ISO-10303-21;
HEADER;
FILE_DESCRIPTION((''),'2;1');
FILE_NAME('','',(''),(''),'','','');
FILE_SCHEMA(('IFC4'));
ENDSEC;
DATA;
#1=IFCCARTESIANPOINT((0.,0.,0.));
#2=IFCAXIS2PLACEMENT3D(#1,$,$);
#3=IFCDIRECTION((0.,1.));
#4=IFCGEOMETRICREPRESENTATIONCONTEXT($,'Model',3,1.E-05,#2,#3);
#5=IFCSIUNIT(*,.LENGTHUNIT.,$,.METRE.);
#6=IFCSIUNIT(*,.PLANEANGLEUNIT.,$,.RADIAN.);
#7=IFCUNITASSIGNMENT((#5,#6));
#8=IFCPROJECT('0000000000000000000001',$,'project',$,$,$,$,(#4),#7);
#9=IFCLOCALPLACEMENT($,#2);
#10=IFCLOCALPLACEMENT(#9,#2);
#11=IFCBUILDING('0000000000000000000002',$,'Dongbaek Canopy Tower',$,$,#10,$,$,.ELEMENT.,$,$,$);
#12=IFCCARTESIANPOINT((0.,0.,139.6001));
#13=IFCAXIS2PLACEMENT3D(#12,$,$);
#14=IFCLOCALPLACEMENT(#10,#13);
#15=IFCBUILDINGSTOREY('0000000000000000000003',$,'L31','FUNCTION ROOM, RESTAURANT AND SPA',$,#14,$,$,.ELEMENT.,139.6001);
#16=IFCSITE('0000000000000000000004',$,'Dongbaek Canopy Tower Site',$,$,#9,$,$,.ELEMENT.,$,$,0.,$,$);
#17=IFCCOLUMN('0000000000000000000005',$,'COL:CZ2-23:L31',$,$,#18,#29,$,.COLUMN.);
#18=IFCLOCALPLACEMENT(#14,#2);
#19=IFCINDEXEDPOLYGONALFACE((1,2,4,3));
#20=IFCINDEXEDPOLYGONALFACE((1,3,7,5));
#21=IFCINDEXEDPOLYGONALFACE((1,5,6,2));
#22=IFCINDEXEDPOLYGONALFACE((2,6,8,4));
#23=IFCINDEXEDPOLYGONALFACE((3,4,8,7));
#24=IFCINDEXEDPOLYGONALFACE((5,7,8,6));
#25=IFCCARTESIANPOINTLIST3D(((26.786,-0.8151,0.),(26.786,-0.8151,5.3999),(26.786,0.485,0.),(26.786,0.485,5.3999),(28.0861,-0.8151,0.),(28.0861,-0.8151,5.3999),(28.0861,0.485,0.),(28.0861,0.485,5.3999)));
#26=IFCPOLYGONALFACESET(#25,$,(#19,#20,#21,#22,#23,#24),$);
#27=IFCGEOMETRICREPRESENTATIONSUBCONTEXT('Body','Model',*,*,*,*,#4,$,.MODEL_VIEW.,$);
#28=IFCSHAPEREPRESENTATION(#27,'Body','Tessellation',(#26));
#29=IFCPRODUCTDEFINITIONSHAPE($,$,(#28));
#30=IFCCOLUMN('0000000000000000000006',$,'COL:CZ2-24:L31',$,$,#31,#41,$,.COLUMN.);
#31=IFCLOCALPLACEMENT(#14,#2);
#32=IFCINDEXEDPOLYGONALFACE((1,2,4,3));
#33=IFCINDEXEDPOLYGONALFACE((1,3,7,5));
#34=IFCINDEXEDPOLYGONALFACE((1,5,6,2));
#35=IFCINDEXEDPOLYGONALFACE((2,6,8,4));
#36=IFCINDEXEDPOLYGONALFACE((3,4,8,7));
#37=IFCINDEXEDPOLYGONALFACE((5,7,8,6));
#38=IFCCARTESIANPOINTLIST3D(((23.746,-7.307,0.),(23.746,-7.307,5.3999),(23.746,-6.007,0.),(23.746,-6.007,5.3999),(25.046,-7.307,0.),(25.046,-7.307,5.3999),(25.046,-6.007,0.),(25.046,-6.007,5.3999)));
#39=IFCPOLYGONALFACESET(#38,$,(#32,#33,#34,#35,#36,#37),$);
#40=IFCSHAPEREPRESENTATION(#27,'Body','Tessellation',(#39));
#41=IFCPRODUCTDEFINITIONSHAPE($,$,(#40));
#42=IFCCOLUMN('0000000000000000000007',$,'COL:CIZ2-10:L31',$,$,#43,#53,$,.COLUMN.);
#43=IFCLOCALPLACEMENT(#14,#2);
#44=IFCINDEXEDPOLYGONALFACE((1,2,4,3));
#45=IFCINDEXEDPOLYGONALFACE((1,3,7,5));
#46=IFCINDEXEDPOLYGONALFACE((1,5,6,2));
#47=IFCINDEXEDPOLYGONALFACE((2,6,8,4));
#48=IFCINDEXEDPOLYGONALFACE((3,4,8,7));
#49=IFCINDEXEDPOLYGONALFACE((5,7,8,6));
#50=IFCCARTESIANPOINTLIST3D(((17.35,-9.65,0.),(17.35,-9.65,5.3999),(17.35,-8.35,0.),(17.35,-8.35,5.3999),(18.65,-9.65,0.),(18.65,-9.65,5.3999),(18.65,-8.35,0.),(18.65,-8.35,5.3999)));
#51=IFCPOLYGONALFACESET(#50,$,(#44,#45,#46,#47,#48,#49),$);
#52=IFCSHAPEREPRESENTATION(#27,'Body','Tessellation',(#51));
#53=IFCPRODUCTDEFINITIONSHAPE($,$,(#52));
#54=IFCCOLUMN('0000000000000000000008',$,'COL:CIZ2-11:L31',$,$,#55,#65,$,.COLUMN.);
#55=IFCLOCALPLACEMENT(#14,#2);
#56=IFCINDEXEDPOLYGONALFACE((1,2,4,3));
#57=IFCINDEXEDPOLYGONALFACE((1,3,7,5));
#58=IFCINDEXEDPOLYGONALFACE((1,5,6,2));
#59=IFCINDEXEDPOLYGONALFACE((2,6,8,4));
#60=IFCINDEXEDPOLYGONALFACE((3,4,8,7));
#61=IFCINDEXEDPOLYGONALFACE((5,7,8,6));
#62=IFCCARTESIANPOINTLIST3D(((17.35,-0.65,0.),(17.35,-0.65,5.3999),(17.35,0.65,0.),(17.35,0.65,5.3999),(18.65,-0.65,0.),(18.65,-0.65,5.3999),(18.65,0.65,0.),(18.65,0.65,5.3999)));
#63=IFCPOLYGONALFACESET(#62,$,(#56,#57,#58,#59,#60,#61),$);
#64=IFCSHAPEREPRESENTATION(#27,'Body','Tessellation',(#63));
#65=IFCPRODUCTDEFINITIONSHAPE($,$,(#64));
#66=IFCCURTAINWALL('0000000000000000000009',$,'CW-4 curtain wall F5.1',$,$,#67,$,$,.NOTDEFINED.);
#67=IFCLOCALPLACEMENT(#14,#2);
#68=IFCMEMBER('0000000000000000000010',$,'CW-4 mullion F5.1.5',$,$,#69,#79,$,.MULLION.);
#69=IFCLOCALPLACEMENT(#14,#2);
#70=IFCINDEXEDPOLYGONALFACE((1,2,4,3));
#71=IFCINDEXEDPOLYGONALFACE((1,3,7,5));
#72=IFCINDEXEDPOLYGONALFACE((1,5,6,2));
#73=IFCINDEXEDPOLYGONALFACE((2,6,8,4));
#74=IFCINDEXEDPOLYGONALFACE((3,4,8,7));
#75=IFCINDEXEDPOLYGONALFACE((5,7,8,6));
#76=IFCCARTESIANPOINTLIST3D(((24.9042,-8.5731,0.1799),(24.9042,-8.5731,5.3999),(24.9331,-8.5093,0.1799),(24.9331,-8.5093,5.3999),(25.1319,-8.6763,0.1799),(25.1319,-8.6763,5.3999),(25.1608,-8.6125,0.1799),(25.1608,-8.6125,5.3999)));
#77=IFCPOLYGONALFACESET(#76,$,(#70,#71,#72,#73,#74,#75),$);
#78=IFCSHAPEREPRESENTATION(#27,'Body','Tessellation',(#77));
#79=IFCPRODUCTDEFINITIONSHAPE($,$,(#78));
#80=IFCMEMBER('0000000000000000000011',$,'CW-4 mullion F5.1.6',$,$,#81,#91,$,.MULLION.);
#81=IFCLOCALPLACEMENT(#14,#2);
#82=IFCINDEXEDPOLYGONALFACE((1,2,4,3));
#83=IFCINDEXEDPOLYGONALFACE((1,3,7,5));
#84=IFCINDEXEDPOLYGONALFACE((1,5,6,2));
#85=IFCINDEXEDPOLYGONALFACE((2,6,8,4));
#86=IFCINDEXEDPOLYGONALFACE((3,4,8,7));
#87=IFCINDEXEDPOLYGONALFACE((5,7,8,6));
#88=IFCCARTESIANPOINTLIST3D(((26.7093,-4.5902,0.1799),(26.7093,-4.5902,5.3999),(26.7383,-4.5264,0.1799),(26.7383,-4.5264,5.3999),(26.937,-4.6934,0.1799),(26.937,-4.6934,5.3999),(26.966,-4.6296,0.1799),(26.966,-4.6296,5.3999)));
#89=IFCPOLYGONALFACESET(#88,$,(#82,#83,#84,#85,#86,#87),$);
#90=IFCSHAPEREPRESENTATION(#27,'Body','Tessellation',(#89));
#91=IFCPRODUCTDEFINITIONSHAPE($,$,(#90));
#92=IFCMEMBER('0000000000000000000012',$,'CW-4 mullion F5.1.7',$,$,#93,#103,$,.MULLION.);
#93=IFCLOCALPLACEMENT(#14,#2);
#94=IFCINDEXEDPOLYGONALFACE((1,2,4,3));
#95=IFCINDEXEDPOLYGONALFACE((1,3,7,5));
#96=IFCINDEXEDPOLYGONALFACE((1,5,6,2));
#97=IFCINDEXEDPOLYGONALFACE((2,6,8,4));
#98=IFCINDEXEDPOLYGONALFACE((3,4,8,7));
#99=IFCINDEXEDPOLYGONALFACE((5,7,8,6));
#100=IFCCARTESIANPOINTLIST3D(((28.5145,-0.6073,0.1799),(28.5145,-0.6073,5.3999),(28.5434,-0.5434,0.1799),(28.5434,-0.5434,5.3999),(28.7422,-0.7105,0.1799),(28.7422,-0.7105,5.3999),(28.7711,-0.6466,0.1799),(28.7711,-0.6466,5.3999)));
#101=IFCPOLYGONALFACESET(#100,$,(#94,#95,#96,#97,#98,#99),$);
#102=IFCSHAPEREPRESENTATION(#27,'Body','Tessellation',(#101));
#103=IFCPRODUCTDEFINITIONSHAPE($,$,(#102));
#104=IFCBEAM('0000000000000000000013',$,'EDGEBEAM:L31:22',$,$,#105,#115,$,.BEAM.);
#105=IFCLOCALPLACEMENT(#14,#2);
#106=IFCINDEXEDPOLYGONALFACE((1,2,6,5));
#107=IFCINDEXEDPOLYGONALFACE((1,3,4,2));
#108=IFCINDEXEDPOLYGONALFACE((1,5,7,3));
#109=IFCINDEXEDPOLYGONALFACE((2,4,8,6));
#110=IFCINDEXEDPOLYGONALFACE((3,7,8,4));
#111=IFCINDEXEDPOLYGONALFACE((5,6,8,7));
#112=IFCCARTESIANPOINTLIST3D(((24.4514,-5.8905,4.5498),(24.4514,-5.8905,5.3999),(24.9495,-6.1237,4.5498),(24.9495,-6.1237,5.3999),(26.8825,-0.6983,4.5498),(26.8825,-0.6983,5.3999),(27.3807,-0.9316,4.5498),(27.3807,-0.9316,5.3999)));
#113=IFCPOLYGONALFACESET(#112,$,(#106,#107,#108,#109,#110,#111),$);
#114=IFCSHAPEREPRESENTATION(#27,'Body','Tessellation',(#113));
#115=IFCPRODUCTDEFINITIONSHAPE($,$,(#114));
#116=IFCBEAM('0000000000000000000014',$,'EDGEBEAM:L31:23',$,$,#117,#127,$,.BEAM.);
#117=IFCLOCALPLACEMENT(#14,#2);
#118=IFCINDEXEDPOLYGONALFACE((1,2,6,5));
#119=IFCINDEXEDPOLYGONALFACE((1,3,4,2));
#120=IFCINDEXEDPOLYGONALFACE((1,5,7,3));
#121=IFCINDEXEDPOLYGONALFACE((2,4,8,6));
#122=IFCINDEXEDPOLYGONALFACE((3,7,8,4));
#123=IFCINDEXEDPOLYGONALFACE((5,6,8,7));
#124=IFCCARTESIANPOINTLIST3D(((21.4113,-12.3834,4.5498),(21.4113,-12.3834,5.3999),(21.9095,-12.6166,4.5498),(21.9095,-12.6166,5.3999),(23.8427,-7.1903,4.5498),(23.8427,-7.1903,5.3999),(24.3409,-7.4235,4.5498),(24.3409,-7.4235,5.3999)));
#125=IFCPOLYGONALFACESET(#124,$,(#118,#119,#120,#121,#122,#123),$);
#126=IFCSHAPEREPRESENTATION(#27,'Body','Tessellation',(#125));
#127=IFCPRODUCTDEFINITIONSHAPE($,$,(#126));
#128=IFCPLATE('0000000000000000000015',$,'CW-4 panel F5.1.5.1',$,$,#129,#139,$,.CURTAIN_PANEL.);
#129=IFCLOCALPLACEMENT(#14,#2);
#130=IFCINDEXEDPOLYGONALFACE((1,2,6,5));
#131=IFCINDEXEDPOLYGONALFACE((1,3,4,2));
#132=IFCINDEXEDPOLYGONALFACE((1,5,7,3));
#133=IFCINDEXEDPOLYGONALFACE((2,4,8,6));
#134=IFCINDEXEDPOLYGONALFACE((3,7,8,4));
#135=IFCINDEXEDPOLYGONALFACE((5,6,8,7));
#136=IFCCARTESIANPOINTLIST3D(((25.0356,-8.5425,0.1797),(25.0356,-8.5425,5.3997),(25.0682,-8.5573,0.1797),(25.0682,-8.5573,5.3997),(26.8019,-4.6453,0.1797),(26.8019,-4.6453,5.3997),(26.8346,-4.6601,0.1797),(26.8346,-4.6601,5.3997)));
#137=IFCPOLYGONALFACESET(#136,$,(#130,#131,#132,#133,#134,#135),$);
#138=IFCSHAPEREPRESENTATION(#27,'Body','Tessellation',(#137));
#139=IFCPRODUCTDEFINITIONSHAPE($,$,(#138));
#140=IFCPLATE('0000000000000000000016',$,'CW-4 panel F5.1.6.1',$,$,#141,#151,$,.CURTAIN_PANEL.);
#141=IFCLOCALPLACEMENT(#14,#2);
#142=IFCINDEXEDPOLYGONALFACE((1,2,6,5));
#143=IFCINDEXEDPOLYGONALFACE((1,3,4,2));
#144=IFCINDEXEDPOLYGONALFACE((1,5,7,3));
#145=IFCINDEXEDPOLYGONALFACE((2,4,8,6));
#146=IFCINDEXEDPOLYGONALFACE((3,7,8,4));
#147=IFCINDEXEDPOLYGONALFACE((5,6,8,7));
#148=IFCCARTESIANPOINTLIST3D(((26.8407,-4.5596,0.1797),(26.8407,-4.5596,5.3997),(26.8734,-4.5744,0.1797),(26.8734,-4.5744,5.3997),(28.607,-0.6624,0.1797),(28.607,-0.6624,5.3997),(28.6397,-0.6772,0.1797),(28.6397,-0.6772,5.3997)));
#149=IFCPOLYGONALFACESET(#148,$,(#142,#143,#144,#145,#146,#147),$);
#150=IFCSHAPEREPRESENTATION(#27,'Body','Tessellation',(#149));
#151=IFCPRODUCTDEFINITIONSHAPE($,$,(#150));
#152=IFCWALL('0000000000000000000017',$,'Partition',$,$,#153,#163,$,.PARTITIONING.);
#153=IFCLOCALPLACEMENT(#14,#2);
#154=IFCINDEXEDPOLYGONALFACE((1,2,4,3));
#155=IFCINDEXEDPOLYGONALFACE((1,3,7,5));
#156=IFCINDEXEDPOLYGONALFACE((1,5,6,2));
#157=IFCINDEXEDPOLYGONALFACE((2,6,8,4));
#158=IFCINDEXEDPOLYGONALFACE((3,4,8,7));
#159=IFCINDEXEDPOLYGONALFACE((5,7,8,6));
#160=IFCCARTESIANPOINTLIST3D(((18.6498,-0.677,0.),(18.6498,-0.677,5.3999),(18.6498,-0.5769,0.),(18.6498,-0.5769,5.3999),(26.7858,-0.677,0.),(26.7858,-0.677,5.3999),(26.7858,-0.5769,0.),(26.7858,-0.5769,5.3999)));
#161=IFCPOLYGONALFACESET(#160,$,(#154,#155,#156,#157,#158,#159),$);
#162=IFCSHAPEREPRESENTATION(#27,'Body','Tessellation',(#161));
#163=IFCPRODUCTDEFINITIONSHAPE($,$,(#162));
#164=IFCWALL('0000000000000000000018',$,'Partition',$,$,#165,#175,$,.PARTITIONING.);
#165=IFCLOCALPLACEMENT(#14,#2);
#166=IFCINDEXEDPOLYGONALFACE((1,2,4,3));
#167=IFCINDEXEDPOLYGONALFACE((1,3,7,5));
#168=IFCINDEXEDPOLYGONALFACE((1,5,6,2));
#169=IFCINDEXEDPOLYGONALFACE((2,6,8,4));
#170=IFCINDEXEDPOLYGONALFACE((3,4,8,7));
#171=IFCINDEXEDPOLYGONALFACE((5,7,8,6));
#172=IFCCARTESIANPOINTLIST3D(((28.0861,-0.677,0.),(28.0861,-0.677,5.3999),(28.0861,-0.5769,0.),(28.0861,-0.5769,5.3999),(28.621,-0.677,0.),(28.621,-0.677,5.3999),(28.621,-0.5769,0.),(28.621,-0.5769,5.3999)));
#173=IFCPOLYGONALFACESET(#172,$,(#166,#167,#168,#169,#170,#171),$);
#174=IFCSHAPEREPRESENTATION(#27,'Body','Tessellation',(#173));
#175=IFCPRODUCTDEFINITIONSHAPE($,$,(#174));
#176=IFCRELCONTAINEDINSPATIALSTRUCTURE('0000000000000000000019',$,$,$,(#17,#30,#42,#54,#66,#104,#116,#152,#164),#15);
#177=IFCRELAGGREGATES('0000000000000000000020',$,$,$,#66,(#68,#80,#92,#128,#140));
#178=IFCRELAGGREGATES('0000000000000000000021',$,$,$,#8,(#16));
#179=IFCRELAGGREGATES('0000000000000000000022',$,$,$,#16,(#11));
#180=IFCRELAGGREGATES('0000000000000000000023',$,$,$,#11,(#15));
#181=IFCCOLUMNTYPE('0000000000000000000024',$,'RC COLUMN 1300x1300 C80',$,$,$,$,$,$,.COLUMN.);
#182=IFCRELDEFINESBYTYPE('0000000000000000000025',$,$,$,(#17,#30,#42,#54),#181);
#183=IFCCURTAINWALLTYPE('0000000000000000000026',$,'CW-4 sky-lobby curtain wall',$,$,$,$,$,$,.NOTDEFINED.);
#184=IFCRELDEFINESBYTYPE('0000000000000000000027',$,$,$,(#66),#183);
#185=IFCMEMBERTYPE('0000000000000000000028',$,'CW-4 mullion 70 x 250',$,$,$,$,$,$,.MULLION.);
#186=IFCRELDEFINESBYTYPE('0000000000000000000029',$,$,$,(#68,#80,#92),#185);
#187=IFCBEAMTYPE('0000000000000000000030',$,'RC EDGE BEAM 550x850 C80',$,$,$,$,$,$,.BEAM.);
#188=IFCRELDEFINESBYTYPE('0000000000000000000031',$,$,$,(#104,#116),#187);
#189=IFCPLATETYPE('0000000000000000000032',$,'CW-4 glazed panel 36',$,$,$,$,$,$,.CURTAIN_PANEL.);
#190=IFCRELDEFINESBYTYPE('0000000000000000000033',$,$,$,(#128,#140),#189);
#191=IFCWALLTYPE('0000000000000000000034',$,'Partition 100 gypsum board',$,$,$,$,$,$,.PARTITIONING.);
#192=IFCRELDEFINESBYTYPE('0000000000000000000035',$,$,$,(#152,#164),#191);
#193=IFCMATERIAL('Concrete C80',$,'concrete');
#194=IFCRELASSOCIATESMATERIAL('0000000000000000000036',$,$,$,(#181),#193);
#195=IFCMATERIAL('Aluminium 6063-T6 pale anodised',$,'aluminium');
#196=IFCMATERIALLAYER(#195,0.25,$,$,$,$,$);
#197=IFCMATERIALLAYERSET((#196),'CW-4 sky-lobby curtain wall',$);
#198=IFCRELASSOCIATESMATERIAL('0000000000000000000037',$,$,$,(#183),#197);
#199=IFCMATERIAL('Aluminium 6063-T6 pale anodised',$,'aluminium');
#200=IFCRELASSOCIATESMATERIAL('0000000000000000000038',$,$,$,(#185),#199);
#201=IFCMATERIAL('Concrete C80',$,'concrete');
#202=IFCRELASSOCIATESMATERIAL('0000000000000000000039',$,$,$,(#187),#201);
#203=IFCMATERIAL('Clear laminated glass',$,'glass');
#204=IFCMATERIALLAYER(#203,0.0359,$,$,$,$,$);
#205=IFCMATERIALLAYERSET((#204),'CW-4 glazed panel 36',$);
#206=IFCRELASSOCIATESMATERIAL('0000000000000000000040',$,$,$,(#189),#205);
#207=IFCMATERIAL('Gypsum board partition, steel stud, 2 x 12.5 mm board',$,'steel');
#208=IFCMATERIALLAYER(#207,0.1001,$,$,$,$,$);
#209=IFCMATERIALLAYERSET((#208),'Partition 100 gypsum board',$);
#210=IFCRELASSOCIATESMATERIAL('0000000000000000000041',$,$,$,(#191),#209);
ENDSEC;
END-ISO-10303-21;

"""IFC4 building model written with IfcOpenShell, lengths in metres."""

from ifc_helpers import new_model, si_unit, direction, frame, frame_2d, origin, origin_2d, place, context, subcontext, project, spatial, rectangle, extrude, material, layer, layer_set, material_profile, profile_set, type_object, element, aggregate, save


model = new_model("IFC4")

# Units and contexts
model_context = context("Model", 3, precision=1e-05, world=origin(), true_north=direction((0.0, 1.0)))
body_context = subcontext(model_context, "Body", "Model", "MODEL_VIEW")
ifc_project = project(units=[si_unit("LENGTHUNIT", "METRE"), si_unit("PLANEANGLEUNIT", "RADIAN")], contexts=[model_context])

# Site, building, storey
site_placement = place(None, origin())
site = spatial("IfcSite", under=ifc_project, at=site_placement, Name="Dongbaek Canopy Tower Site", CompositionType="ELEMENT", RefElevation=0.0)
building_placement = place(site_placement, origin())
building = spatial("IfcBuilding", under=site, at=building_placement, Name="Dongbaek Canopy Tower", CompositionType="ELEMENT")
storey_placement = place(building_placement, frame((0.0, 0.0, 139.6001)))
storey = spatial("IfcBuildingStorey", under=building, at=storey_placement, Name="L31", Description="FUNCTION ROOM, RESTAURANT AND SPA", CompositionType="ELEMENT", Elevation=139.6001)

# Columns
ifc_material_1 = material(Name="Concrete C80", Category="concrete")
ifc_material_profile_1 = material_profile(ifc_material_1, rectangle(XDim=1.3, YDim=1.3, at=origin_2d()), Name="RC COLUMN 1300x1300 C80")
ifc_profile_set_1 = profile_set([ifc_material_profile_1], Name="Concrete C80")
column_type = type_object("IfcColumnType", Name="RC COLUMN 1300x1300 C80", PredefinedType="COLUMN", material=ifc_profile_set_1)
for number, where, z_axis, x_axis, name in (
    (1, (27.436, -0.165, 0.0), (0.0, 0.0, 1.0), (1.0, 0.0, 0.0), "COL:CZ2-23:L31"),
    (2, (24.396, -6.657, 0.0), (0.0, 0.0, 1.0), (1.0, 0.0, 0.0), "COL:CZ2-24:L31"),
    (3, (18.0, -9.0, 0.0), (0.0, 0.0, 1.0), (1.0, 0.0, 0.0), "COL:CIZ2-10:L31"),
    (4, (18.0, 0.0, 0.0), (0.0, 0.0, 1.0), (1.0, 0.0, 0.0), "COL:CIZ2-11:L31"),
):
    element("IfcColumn", number, at=place(storey_placement, frame(where, z_axis=z_axis, x_axis=x_axis)), inside=storey, type_object=column_type, Name=name, PredefinedType="COLUMN", context=body_context, shape_type="SweptSolid", body=[
        extrude(rectangle(XDim=1.3, YDim=1.3, at=origin_2d()), origin(), (0.0, 0.0, 1.0), 5.3999),
    ])

# Curtain wall, members
ifc_material_2 = material(Name="Aluminium 6063-T6 pale anodised", Category="aluminium")
ifc_layer_1 = layer(ifc_material_2, 0.25)
ifc_layer_set_1 = layer_set([ifc_layer_1], Name="CW-4 sky-lobby curtain wall")
curtain_wall_type = type_object("IfcCurtainWallType", Name="CW-4 sky-lobby curtain wall", PredefinedType="NOTDEFINED", material=ifc_layer_set_1)
curtain_wall_placement = place(storey_placement, origin())
curtain_wall = element("IfcCurtainWall", 5, at=curtain_wall_placement, inside=storey, type_object=curtain_wall_type, Name="CW-4 curtain wall F5.1", PredefinedType="NOTDEFINED")
ifc_material_3 = material(Name="Aluminium 6063-T6 pale anodised", Category="aluminium")
ifc_material_profile_2 = material_profile(ifc_material_3, rectangle(XDim=0.25, YDim=0.0701, at=origin_2d()), Name="CW-4 mullion 70 x 250")
ifc_profile_set_2 = profile_set([ifc_material_profile_2], Name="Aluminium 6063-T6 pale anodised")
member_type = type_object("IfcMemberType", Name="CW-4 mullion 70 x 250", PredefinedType="MULLION", material=ifc_profile_set_2)
member_1_placement = place(storey_placement, frame((25.0325, -8.5928, 0.1799), z_axis=(0.0, 0.0, 1.0), x_axis=(0.91082, -0.412804, 0.0)))
member_1 = element("IfcMember", 6, at=member_1_placement, type_object=member_type, Name="CW-4 mullion F5.1.5", PredefinedType="MULLION", context=body_context, shape_type="SweptSolid", body=[
    extrude(rectangle(XDim=0.25, YDim=0.0701, at=origin_2d()), origin(), (0.0, 0.0, 1.0), 5.22),
])
member_2_placement = place(storey_placement, frame((26.8376, -4.6099, 0.1799), z_axis=(0.0, 0.0, 1.0), x_axis=(0.91082, -0.412804, 0.0)))
member_2 = element("IfcMember", 7, at=member_2_placement, type_object=member_type, Name="CW-4 mullion F5.1.6", PredefinedType="MULLION", context=body_context, shape_type="SweptSolid", body=[
    extrude(rectangle(XDim=0.25, YDim=0.0701, at=origin_2d()), origin(), (0.0, 0.0, 1.0), 5.22),
])
member_3_placement = place(storey_placement, frame((28.6428, -0.627, 0.1799), z_axis=(0.0, 0.0, 1.0), x_axis=(0.91082, -0.412804, 0.0)))
member_3 = element("IfcMember", 8, at=member_3_placement, type_object=member_type, Name="CW-4 mullion F5.1.7", PredefinedType="MULLION", context=body_context, shape_type="SweptSolid", body=[
    extrude(rectangle(XDim=0.25, YDim=0.0701, at=origin_2d()), origin(), (0.0, 0.0, 1.0), 5.22),
])

# Beams
ifc_material_4 = material(Name="Concrete C80", Category="concrete")
ifc_material_profile_3 = material_profile(ifc_material_4, rectangle(XDim=0.55, YDim=0.8501, at=origin_2d()), Name="RC EDGE BEAM 550x850 C80")
ifc_profile_set_3 = profile_set([ifc_material_profile_3], Name="Concrete C80")
beam_type = type_object("IfcBeamType", Name="RC EDGE BEAM 550x850 C80", PredefinedType="BEAM", material=ifc_profile_set_3)
beam_1_placement = place(storey_placement, frame((27.1316, -0.8149, 4.9749), z_axis=(-0.424053, -0.905637, 0.0), x_axis=(0.905637, -0.424053, 0.0)))
element("IfcBeam", 9, at=beam_1_placement, inside=storey, type_object=beam_type, Name="EDGEBEAM:L31:22", PredefinedType="BEAM", context=body_context, shape_type="SweptSolid", body=[
    extrude(rectangle(XDim=0.55, YDim=0.8501, at=origin_2d()), origin(), (0.0, 0.0, 1.0), 5.7332),
])
beam_2_placement = place(storey_placement, frame((24.0918, -7.3069, 4.9749), z_axis=(-0.424023, -0.905652, 0.0), x_axis=(0.905652, -0.424023, 0.0)))
element("IfcBeam", 10, at=beam_2_placement, inside=storey, type_object=beam_type, Name="EDGEBEAM:L31:23", PredefinedType="BEAM", context=body_context, shape_type="SweptSolid", body=[
    extrude(rectangle(XDim=0.55, YDim=0.8501, at=origin_2d()), origin(), (0.0, 0.0, 1.0), 5.7341),
])

# Plates
ifc_material_5 = material(Name="Clear laminated glass", Category="glass")
ifc_layer_2 = layer(ifc_material_5, 0.0359)
ifc_layer_set_2 = layer_set([ifc_layer_2], Name="CW-4 glazed panel 36")
plate_type = type_object("IfcPlateType", Name="CW-4 glazed panel 36", PredefinedType="CURTAIN_PANEL", material=ifc_layer_set_2)
plate_1_placement = place(storey_placement, frame((25.9351, -6.6013, 0.1797), z_axis=(0.0, 0.0, 1.0), x_axis=(0.412804, 0.91082, 0.0)))
plate_1 = element("IfcPlate", 11, at=plate_1_placement, type_object=plate_type, Name="CW-4 panel F5.1.5.1", PredefinedType="CURTAIN_PANEL", context=body_context, shape_type="SweptSolid", body=[
    extrude(rectangle(XDim=4.2788, YDim=0.0359, at=origin_2d()), origin(), (0.0, 0.0, 1.0), 5.22),
])
plate_2_placement = place(storey_placement, frame((27.7402, -2.6184, 0.1797), z_axis=(0.0, 0.0, 1.0), x_axis=(0.412804, 0.91082, 0.0)))
plate_2 = element("IfcPlate", 12, at=plate_2_placement, type_object=plate_type, Name="CW-4 panel F5.1.6.1", PredefinedType="CURTAIN_PANEL", context=body_context, shape_type="SweptSolid", body=[
    extrude(rectangle(XDim=4.2788, YDim=0.0359, at=origin_2d()), origin(), (0.0, 0.0, 1.0), 5.22),
])
aggregate(curtain_wall, [member_1, member_2, member_3, plate_1, plate_2])

# Walls
ifc_material_6 = material(Name="Gypsum board partition, steel stud, 2 x 12.5 mm board", Category="steel")
ifc_layer_3 = layer(ifc_material_6, 0.1001)
ifc_layer_set_3 = layer_set([ifc_layer_3], Name="Partition 100 gypsum board")
wall_type = type_object("IfcWallType", Name="Partition 100 gypsum board", PredefinedType="PARTITIONING", material=ifc_layer_set_3)
wall_1_placement = place(storey_placement, frame((18.6499, -0.627, 0.0), z_axis=(0.0, 0.0, 1.0), x_axis=(1.0, 0.0, 0.0)))
element("IfcWall", 13, at=wall_1_placement, inside=storey, type_object=wall_type, Name="Partition", PredefinedType="PARTITIONING", context=body_context, shape_type="SweptSolid", body=[
    extrude(rectangle(XDim=8.136, YDim=0.1001, at=frame_2d((4.0679, 0.0))), origin(), (0.0, 0.0, 1.0), 5.3999),
])
wall_2_placement = place(storey_placement, frame((28.0859, -0.627, 0.0), z_axis=(0.0, 0.0, 1.0), x_axis=(1.0, 0.0, 0.0)))
element("IfcWall", 14, at=wall_2_placement, inside=storey, type_object=wall_type, Name="Partition", PredefinedType="PARTITIONING", context=body_context, shape_type="SweptSolid", body=[
    extrude(rectangle(XDim=0.5349, YDim=0.1001, at=frame_2d((0.2676, 0.0))), origin(), (0.0, 0.0, 1.0), 5.3999),
])

save(model, "model.ifc")
